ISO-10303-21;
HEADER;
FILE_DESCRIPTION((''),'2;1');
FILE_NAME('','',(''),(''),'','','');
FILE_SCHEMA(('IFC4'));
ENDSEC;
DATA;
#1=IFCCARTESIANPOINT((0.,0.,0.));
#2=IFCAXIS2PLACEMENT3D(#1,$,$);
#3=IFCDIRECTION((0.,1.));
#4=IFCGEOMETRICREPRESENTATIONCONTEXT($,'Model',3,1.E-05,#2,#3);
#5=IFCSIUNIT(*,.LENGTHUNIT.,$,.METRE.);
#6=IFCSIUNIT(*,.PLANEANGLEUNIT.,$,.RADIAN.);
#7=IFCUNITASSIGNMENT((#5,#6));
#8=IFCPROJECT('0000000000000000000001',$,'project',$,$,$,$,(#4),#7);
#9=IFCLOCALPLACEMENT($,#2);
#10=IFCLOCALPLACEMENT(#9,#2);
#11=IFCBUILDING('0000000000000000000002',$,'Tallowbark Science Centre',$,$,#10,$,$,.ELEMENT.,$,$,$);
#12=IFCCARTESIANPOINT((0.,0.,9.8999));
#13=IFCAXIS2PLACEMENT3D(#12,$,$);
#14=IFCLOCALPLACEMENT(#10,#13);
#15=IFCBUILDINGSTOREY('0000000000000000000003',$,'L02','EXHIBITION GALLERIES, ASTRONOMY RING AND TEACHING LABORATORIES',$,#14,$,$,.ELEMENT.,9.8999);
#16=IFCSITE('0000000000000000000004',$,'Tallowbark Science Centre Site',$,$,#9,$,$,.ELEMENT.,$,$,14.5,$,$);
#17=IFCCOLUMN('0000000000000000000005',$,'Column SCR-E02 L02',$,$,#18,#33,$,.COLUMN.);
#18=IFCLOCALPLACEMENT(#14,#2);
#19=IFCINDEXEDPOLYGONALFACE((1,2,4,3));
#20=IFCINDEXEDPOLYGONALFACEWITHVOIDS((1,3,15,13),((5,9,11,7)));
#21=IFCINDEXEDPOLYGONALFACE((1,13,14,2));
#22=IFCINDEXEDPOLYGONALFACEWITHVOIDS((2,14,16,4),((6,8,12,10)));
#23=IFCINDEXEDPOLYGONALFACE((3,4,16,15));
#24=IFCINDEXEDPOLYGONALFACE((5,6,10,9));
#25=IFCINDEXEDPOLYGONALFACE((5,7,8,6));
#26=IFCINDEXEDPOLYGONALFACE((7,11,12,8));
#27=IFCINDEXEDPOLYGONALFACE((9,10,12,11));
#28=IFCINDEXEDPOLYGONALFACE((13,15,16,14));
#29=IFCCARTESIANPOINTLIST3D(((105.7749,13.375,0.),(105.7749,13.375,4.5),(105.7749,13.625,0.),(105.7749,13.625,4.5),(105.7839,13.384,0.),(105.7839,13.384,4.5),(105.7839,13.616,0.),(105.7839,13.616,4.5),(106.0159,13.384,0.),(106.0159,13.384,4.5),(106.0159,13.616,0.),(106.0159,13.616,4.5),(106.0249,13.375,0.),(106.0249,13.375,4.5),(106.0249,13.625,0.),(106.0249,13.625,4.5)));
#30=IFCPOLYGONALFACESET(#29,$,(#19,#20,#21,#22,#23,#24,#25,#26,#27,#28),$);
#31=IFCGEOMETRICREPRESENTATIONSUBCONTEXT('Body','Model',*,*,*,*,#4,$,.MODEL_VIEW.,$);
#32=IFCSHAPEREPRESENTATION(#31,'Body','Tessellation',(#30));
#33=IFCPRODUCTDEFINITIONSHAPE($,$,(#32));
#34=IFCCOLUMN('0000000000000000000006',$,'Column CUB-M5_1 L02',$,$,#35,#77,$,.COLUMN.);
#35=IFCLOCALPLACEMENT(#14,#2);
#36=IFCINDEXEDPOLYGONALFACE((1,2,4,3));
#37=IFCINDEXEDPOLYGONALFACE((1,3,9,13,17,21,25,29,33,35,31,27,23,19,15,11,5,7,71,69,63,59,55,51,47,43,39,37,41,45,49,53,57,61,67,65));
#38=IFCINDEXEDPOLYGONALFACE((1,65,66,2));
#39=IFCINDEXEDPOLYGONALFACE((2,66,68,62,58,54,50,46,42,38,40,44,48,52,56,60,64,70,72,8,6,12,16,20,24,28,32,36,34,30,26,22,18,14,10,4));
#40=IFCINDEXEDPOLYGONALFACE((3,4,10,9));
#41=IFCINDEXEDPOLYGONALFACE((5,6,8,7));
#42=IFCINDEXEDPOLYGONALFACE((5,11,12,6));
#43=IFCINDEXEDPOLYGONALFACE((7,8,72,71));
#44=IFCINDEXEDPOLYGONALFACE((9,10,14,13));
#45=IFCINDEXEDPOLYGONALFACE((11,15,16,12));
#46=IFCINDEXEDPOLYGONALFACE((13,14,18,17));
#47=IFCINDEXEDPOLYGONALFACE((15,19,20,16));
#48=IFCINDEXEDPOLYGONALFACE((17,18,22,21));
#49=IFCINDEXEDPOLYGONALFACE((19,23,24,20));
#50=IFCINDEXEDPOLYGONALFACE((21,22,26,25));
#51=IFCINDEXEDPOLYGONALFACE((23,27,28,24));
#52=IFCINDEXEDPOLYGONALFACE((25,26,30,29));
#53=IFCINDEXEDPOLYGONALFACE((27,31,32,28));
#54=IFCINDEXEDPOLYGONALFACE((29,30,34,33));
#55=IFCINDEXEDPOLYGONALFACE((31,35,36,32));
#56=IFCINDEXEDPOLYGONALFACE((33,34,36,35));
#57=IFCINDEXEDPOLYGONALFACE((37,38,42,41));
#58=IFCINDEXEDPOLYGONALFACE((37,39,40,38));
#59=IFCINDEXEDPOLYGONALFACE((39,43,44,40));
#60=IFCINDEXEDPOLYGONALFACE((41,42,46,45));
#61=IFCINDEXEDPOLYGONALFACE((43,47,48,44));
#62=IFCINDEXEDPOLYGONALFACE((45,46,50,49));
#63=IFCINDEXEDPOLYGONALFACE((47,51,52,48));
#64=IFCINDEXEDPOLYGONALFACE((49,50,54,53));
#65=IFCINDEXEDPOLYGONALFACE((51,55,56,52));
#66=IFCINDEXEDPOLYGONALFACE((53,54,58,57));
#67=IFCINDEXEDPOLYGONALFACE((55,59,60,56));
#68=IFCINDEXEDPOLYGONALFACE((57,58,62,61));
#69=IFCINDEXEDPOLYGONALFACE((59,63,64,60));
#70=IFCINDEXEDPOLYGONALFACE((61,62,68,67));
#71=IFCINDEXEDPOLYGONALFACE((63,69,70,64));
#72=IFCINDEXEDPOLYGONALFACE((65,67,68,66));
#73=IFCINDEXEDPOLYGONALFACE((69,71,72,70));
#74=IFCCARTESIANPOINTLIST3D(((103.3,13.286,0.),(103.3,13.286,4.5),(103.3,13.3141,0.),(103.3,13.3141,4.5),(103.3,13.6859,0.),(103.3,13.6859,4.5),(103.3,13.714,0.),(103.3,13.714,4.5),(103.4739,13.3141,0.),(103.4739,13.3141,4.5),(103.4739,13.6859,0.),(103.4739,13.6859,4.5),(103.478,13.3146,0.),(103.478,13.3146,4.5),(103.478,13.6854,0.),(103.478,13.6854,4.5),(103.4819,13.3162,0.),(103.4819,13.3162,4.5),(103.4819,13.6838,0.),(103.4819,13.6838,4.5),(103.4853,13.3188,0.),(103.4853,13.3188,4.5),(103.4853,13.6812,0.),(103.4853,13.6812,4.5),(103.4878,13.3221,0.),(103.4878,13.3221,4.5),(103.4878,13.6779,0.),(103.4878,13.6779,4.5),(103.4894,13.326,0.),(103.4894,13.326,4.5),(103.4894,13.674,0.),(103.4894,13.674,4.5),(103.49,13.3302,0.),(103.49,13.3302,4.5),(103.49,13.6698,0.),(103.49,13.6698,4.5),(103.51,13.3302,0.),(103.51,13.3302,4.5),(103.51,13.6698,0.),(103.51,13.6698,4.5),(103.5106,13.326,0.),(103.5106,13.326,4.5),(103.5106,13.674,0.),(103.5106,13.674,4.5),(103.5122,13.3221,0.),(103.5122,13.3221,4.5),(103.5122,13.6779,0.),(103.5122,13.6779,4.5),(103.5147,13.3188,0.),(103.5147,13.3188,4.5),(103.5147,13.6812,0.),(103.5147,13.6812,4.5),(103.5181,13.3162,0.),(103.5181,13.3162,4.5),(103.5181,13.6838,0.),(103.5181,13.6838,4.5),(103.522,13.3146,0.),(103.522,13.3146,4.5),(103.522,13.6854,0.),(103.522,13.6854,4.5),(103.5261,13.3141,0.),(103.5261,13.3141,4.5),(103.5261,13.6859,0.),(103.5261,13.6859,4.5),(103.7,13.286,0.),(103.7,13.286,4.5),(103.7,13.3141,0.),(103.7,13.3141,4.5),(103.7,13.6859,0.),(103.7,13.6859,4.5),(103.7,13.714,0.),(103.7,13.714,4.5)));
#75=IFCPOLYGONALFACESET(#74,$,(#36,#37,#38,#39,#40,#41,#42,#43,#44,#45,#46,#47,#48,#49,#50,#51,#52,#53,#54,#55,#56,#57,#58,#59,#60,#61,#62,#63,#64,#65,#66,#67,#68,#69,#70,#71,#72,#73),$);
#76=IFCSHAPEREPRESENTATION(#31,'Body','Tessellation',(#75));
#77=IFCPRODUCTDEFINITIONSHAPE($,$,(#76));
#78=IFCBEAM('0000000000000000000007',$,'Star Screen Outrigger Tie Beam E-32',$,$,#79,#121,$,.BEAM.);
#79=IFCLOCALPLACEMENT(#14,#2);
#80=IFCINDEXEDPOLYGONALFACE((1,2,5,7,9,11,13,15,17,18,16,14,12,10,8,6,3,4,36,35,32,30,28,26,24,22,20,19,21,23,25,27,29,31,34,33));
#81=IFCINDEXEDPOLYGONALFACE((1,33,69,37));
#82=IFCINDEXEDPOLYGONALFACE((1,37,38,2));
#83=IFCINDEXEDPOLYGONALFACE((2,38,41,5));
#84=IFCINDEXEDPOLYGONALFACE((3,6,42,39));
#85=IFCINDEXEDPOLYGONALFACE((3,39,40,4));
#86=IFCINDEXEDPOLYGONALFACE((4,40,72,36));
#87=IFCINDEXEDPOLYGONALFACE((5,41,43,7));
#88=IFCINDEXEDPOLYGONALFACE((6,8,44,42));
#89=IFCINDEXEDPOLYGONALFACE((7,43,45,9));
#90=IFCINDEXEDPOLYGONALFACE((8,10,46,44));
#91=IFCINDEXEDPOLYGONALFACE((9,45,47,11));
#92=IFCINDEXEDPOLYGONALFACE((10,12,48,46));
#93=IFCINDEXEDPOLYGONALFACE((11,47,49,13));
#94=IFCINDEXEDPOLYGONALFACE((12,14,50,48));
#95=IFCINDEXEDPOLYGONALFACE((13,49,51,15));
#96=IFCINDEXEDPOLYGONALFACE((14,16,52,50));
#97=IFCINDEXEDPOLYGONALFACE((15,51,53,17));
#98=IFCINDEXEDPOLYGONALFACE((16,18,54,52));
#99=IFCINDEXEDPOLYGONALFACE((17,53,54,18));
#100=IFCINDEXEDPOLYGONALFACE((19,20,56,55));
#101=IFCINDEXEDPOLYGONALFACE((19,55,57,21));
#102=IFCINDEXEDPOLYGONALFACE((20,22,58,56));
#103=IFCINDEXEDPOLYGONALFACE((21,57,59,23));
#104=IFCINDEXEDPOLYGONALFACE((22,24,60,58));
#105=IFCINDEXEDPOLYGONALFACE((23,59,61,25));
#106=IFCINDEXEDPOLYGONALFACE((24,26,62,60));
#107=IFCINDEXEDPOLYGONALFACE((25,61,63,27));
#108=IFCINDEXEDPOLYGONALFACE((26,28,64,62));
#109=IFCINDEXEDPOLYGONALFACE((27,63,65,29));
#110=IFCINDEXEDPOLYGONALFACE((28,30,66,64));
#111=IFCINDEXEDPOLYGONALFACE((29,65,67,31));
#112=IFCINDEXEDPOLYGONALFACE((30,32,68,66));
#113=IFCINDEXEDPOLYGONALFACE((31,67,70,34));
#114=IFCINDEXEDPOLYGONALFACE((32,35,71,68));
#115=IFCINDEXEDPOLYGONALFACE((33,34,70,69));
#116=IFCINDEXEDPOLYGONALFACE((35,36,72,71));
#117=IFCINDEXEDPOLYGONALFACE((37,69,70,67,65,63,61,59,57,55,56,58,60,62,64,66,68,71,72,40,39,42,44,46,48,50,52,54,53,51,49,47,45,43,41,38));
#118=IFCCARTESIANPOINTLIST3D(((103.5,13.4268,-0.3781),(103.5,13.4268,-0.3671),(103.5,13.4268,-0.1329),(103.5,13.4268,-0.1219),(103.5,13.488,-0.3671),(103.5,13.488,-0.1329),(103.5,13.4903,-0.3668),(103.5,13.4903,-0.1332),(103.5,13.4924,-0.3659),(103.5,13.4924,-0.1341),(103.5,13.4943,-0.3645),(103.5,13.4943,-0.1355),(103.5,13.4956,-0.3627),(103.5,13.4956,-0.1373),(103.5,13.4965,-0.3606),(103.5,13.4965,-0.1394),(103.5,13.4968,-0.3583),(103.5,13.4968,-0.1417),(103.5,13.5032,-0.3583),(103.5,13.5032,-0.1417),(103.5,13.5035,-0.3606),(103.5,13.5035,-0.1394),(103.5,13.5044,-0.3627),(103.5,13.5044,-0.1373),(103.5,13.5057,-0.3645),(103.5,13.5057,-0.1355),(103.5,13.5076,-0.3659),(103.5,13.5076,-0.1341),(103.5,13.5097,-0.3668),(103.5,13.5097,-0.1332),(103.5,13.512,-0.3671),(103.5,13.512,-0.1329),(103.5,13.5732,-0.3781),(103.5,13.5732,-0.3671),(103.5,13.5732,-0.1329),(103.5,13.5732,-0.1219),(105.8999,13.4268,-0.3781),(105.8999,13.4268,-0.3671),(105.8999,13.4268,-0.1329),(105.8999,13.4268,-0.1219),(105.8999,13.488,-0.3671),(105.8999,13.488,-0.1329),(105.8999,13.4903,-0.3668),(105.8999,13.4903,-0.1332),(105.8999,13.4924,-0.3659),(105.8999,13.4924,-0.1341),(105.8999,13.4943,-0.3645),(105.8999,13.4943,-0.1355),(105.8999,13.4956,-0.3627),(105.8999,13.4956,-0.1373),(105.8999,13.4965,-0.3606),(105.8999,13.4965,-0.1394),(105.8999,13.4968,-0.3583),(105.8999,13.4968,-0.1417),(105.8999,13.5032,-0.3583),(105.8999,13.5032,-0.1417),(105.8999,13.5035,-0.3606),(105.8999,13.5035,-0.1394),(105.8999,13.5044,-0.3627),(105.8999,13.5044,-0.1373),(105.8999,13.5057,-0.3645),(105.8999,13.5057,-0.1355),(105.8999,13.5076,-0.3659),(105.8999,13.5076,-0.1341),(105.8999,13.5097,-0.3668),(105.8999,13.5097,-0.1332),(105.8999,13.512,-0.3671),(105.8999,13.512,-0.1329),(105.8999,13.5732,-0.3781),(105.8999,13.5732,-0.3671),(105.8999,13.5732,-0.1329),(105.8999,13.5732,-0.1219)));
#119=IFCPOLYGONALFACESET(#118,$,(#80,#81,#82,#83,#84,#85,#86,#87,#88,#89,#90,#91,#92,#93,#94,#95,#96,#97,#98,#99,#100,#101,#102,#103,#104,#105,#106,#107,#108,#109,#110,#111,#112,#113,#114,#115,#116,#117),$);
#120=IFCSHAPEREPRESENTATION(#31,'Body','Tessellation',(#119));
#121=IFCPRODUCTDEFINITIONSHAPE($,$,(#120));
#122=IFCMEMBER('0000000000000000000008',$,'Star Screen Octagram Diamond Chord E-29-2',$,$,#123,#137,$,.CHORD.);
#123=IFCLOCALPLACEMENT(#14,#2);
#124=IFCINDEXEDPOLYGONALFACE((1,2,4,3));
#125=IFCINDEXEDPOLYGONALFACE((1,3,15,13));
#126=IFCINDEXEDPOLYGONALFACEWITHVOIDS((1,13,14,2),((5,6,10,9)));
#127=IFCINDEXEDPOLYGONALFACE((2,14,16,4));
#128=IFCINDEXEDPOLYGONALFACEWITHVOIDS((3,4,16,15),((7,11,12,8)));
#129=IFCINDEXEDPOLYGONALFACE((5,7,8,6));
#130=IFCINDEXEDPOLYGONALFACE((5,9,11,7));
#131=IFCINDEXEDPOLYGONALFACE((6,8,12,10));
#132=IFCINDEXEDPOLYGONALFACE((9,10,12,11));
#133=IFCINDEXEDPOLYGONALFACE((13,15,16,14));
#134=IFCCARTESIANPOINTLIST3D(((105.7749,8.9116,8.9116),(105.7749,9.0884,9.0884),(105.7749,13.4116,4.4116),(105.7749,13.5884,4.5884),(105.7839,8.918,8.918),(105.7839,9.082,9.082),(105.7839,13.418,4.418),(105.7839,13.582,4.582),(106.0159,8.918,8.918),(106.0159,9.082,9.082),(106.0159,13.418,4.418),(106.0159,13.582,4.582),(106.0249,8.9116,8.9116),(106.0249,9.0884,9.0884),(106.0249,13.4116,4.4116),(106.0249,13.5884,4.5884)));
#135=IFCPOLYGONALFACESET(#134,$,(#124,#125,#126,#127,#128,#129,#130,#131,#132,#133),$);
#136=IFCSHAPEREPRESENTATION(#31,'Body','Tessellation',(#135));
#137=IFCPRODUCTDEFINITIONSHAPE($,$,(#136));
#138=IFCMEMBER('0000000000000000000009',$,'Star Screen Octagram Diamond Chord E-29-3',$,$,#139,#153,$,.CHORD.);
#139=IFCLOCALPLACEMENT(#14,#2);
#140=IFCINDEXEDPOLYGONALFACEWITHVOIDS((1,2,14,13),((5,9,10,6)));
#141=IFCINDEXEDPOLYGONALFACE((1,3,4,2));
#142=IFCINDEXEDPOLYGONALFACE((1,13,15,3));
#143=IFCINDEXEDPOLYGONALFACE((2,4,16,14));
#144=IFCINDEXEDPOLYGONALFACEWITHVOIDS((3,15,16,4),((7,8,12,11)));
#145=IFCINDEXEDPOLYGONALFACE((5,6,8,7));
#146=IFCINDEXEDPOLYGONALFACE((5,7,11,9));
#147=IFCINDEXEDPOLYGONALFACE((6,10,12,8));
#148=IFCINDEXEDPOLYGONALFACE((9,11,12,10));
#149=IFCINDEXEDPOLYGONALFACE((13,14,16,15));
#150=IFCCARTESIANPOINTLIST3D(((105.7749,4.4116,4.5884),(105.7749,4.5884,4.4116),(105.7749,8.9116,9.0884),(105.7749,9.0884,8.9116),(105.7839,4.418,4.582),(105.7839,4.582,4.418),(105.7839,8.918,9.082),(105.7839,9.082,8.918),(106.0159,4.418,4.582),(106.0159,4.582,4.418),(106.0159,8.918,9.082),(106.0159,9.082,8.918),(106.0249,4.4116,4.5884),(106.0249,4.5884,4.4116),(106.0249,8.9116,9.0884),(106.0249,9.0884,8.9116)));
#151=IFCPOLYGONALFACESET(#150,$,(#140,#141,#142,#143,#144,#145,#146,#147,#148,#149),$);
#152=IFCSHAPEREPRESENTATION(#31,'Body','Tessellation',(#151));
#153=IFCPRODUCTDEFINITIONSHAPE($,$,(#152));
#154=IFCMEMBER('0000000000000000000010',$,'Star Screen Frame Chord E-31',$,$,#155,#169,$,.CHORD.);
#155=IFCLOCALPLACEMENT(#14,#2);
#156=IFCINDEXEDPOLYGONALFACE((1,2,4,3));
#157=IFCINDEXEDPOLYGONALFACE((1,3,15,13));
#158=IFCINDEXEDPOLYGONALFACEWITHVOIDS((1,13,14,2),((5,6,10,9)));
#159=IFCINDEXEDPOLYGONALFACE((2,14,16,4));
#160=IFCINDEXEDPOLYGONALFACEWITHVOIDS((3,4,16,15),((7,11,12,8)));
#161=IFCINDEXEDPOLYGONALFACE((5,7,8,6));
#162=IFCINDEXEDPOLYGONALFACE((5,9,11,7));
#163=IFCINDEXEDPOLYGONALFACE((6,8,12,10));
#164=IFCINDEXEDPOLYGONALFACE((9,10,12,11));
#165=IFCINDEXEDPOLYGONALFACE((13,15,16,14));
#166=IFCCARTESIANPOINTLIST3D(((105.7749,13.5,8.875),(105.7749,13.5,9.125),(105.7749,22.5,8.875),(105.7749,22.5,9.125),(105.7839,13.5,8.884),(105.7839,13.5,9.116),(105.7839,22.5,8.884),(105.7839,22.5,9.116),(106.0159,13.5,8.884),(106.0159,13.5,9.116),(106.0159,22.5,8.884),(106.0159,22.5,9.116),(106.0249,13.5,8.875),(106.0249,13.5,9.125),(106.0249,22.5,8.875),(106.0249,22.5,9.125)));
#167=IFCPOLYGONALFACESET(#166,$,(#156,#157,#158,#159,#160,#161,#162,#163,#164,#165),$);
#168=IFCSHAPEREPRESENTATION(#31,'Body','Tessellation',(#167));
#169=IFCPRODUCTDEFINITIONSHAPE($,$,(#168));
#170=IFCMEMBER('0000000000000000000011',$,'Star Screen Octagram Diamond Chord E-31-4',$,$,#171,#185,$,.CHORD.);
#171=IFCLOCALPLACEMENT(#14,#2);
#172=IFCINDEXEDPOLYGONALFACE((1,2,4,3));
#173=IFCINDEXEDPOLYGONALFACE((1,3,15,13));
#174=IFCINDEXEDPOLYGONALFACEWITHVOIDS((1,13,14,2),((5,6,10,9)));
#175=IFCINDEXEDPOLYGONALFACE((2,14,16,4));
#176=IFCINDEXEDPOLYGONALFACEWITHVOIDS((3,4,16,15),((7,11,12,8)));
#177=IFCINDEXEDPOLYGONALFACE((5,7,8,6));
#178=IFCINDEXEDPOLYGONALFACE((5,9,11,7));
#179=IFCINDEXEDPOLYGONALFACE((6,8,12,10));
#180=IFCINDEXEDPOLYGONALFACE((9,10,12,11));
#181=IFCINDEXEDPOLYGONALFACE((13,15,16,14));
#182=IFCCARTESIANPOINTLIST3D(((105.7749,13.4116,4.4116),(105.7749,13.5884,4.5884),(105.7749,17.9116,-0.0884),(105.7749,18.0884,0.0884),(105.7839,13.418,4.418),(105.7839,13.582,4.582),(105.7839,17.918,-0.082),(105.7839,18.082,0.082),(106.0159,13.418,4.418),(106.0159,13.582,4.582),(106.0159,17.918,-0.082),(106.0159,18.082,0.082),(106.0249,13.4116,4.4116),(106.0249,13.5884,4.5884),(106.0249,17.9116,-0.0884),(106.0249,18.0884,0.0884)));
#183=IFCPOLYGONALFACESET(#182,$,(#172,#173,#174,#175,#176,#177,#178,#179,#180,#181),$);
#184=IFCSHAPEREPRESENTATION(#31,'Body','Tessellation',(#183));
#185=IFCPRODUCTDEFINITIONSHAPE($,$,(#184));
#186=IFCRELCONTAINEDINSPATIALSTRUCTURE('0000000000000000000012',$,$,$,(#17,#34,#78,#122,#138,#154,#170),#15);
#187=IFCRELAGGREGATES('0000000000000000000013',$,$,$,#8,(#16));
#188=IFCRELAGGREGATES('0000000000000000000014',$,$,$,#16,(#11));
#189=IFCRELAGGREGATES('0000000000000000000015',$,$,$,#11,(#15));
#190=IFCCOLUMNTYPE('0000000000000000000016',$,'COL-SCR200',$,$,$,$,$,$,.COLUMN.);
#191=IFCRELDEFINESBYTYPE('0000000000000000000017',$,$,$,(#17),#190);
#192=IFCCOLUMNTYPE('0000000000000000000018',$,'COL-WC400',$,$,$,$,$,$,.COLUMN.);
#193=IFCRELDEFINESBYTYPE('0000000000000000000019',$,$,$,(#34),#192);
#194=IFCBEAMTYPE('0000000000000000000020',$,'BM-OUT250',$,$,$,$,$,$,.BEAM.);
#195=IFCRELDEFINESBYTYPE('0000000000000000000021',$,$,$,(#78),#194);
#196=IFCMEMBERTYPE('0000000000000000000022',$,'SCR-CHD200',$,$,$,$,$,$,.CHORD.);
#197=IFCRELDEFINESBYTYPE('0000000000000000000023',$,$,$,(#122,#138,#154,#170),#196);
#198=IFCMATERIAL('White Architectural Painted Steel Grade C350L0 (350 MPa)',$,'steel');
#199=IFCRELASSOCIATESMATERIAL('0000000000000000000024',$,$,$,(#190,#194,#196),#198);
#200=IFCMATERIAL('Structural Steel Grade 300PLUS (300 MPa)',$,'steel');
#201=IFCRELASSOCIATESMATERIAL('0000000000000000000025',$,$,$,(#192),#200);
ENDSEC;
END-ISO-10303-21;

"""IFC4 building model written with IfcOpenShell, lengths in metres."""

from ifc_helpers import new_model, si_unit, direction, frame, origin, origin_2d, place, context, subcontext, project, spatial, hollow_rectangle, i_section, extrude, material, material_profile, profile_set, type_object, element, save


model = new_model("IFC4")

# Units and contexts
model_context = context("Model", 3, precision=1e-05, world=origin(), true_north=direction((0.0, 1.0)))
body_context = subcontext(model_context, "Body", "Model", "MODEL_VIEW")
ifc_project = project(units=[si_unit("LENGTHUNIT", "METRE"), si_unit("PLANEANGLEUNIT", "RADIAN")], contexts=[model_context])

# Site, building, storey
site_placement = place(None, origin())
site = spatial("IfcSite", under=ifc_project, at=site_placement, Name="Tallowbark Science Centre Site", CompositionType="ELEMENT", RefElevation=14.5)
building_placement = place(site_placement, origin())
building = spatial("IfcBuilding", under=site, at=building_placement, Name="Tallowbark Science Centre", CompositionType="ELEMENT")
storey_placement = place(building_placement, frame((0.0, 0.0, 9.8999)))
storey = spatial("IfcBuildingStorey", under=building, at=storey_placement, Name="L02", Description="EXHIBITION GALLERIES, ASTRONOMY RING AND TEACHING LABORATORIES", CompositionType="ELEMENT", Elevation=9.8999)

# Columns
ifc_material_1 = material(Name="White Architectural Painted Steel Grade C350L0 (350 MPa)", Category="steel")
ifc_material_profile_1 = material_profile(ifc_material_1, hollow_rectangle(XDim=0.25, YDim=0.25, WallThickness=0.009, at=origin_2d()), Name="250x250x9.0SHS")
ifc_profile_set_1 = profile_set([ifc_material_profile_1], Name="White Architectural Painted Steel Grade C350L0 (350 MPa)")
column_type_1 = type_object("IfcColumnType", Name="COL-SCR200", PredefinedType="COLUMN", material=ifc_profile_set_1)
column_1_placement = place(storey_placement, frame((105.8999, 13.5, 0.0), z_axis=(0.0, 0.0, 1.0), x_axis=(1.0, 0.0, 0.0)))
element("IfcColumn", 1, at=column_1_placement, inside=storey, type_object=column_type_1, Name="Column SCR-E02 L02", PredefinedType="COLUMN", context=body_context, shape_type="SweptSolid", body=[
    extrude(hollow_rectangle(XDim=0.25, YDim=0.25, WallThickness=0.009, at=origin_2d()), origin(), (0.0, 0.0, 1.0), 4.5),
])
ifc_material_2 = material(Name="Structural Steel Grade 300PLUS (300 MPa)", Category="steel")
ifc_material_profile_2 = material_profile(ifc_material_2, i_section(OverallWidth=0.3999, OverallDepth=0.428, WebThickness=0.02, FlangeThickness=0.0281, FilletRadius=0.0161, at=origin_2d()), Name="400WC270")
ifc_profile_set_2 = profile_set([ifc_material_profile_2], Name="Structural Steel Grade 300PLUS (300 MPa)")
column_type_2 = type_object("IfcColumnType", Name="COL-WC400", PredefinedType="COLUMN", material=ifc_profile_set_2)
column_2_placement = place(storey_placement, frame((103.5, 13.5, 0.0), z_axis=(0.0, 0.0, 1.0), x_axis=(1.0, 0.0, 0.0)))
element("IfcColumn", 2, at=column_2_placement, inside=storey, type_object=column_type_2, Name="Column CUB-M5_1 L02", PredefinedType="COLUMN", context=body_context, shape_type="SweptSolid", body=[
    extrude(i_section(OverallWidth=0.3999, OverallDepth=0.428, WebThickness=0.02, FlangeThickness=0.0281, FilletRadius=0.0161, at=origin_2d()), origin(), (0.0, 0.0, 1.0), 4.5),
])

# Beam
ifc_material_profile_3 = material_profile(ifc_material_1, i_section(OverallWidth=0.1465, OverallDepth=0.2561, WebThickness=0.0063, FlangeThickness=0.011, FilletRadius=0.0088, at=origin_2d()), Name="250UB37.3")
ifc_profile_set_3 = profile_set([ifc_material_profile_3], Name="White Architectural Painted Steel Grade C350L0 (350 MPa)")
beam_type_1 = type_object("IfcBeamType", Name="BM-OUT250", PredefinedType="BEAM", material=ifc_profile_set_3)
beam_1_placement = place(storey_placement, frame((103.5, 13.5, -0.25), z_axis=(1.0, 0.0, 0.0), x_axis=(0.0, 1.0, 0.0)))
element("IfcBeam", 3, at=beam_1_placement, inside=storey, type_object=beam_type_1, Name="Star Screen Outrigger Tie Beam E-32", PredefinedType="BEAM", context=body_context, shape_type="SweptSolid", body=[
    extrude(i_section(OverallWidth=0.1465, OverallDepth=0.2561, WebThickness=0.0063, FlangeThickness=0.011, FilletRadius=0.0088, at=origin_2d()), origin(), (0.0, 0.0, 1.0), 2.3999),
])

# Members
ifc_material_profile_4 = material_profile(ifc_material_1, hollow_rectangle(XDim=0.25, YDim=0.25, WallThickness=0.009, at=origin_2d()), Name="250x250x9.0SHS")
ifc_profile_set_4 = profile_set([ifc_material_profile_4], Name="White Architectural Painted Steel Grade C350L0 (350 MPa)")
member_type_1 = type_object("IfcMemberType", Name="SCR-CHD200", PredefinedType="CHORD", material=ifc_profile_set_4)
for number, where, z_axis, x_axis, name in (
    (4, (105.8999, 13.5, 4.5), (0.0, -0.707107, 0.707107), (1.0, 0.0, 0.0), "Star Screen Octagram Diamond Chord E-29-2"),
    (5, (105.8999, 9.0, 9.0), (0.0, -0.707107, -0.707107), (1.0, 0.0, 0.0), "Star Screen Octagram Diamond Chord E-29-3"),
):
    element("IfcMember", number, at=place(storey_placement, frame(where, z_axis=z_axis, x_axis=x_axis)), inside=storey, type_object=member_type_1, Name=name, PredefinedType="CHORD", context=body_context, shape_type="SweptSolid", body=[
        extrude(hollow_rectangle(XDim=0.25, YDim=0.25, WallThickness=0.009, at=origin_2d()), origin(), (0.0, 0.0, 1.0), 6.364),
    ])
member_1_placement = place(storey_placement, frame((105.8999, 13.5, 9.0), z_axis=(0.0, 1.0, 0.0), x_axis=(-1.0, 0.0, 0.0)))
element("IfcMember", 6, at=member_1_placement, inside=storey, type_object=member_type_1, Name="Star Screen Frame Chord E-31", PredefinedType="CHORD", context=body_context, shape_type="SweptSolid", body=[
    extrude(hollow_rectangle(XDim=0.25, YDim=0.25, WallThickness=0.009, at=origin_2d()), origin(), (0.0, 0.0, 1.0), 9.0),
])
member_2_placement = place(storey_placement, frame((105.8999, 13.5, 4.5), z_axis=(0.0, 0.707107, -0.707107), x_axis=(-1.0, 0.0, 0.0)))
element("IfcMember", 7, at=member_2_placement, inside=storey, type_object=member_type_1, Name="Star Screen Octagram Diamond Chord E-31-4", PredefinedType="CHORD", context=body_context, shape_type="SweptSolid", body=[
    extrude(hollow_rectangle(XDim=0.25, YDim=0.25, WallThickness=0.009, at=origin_2d()), origin(), (0.0, 0.0, 1.0), 6.364),
])

save(model, "model.ifc")
